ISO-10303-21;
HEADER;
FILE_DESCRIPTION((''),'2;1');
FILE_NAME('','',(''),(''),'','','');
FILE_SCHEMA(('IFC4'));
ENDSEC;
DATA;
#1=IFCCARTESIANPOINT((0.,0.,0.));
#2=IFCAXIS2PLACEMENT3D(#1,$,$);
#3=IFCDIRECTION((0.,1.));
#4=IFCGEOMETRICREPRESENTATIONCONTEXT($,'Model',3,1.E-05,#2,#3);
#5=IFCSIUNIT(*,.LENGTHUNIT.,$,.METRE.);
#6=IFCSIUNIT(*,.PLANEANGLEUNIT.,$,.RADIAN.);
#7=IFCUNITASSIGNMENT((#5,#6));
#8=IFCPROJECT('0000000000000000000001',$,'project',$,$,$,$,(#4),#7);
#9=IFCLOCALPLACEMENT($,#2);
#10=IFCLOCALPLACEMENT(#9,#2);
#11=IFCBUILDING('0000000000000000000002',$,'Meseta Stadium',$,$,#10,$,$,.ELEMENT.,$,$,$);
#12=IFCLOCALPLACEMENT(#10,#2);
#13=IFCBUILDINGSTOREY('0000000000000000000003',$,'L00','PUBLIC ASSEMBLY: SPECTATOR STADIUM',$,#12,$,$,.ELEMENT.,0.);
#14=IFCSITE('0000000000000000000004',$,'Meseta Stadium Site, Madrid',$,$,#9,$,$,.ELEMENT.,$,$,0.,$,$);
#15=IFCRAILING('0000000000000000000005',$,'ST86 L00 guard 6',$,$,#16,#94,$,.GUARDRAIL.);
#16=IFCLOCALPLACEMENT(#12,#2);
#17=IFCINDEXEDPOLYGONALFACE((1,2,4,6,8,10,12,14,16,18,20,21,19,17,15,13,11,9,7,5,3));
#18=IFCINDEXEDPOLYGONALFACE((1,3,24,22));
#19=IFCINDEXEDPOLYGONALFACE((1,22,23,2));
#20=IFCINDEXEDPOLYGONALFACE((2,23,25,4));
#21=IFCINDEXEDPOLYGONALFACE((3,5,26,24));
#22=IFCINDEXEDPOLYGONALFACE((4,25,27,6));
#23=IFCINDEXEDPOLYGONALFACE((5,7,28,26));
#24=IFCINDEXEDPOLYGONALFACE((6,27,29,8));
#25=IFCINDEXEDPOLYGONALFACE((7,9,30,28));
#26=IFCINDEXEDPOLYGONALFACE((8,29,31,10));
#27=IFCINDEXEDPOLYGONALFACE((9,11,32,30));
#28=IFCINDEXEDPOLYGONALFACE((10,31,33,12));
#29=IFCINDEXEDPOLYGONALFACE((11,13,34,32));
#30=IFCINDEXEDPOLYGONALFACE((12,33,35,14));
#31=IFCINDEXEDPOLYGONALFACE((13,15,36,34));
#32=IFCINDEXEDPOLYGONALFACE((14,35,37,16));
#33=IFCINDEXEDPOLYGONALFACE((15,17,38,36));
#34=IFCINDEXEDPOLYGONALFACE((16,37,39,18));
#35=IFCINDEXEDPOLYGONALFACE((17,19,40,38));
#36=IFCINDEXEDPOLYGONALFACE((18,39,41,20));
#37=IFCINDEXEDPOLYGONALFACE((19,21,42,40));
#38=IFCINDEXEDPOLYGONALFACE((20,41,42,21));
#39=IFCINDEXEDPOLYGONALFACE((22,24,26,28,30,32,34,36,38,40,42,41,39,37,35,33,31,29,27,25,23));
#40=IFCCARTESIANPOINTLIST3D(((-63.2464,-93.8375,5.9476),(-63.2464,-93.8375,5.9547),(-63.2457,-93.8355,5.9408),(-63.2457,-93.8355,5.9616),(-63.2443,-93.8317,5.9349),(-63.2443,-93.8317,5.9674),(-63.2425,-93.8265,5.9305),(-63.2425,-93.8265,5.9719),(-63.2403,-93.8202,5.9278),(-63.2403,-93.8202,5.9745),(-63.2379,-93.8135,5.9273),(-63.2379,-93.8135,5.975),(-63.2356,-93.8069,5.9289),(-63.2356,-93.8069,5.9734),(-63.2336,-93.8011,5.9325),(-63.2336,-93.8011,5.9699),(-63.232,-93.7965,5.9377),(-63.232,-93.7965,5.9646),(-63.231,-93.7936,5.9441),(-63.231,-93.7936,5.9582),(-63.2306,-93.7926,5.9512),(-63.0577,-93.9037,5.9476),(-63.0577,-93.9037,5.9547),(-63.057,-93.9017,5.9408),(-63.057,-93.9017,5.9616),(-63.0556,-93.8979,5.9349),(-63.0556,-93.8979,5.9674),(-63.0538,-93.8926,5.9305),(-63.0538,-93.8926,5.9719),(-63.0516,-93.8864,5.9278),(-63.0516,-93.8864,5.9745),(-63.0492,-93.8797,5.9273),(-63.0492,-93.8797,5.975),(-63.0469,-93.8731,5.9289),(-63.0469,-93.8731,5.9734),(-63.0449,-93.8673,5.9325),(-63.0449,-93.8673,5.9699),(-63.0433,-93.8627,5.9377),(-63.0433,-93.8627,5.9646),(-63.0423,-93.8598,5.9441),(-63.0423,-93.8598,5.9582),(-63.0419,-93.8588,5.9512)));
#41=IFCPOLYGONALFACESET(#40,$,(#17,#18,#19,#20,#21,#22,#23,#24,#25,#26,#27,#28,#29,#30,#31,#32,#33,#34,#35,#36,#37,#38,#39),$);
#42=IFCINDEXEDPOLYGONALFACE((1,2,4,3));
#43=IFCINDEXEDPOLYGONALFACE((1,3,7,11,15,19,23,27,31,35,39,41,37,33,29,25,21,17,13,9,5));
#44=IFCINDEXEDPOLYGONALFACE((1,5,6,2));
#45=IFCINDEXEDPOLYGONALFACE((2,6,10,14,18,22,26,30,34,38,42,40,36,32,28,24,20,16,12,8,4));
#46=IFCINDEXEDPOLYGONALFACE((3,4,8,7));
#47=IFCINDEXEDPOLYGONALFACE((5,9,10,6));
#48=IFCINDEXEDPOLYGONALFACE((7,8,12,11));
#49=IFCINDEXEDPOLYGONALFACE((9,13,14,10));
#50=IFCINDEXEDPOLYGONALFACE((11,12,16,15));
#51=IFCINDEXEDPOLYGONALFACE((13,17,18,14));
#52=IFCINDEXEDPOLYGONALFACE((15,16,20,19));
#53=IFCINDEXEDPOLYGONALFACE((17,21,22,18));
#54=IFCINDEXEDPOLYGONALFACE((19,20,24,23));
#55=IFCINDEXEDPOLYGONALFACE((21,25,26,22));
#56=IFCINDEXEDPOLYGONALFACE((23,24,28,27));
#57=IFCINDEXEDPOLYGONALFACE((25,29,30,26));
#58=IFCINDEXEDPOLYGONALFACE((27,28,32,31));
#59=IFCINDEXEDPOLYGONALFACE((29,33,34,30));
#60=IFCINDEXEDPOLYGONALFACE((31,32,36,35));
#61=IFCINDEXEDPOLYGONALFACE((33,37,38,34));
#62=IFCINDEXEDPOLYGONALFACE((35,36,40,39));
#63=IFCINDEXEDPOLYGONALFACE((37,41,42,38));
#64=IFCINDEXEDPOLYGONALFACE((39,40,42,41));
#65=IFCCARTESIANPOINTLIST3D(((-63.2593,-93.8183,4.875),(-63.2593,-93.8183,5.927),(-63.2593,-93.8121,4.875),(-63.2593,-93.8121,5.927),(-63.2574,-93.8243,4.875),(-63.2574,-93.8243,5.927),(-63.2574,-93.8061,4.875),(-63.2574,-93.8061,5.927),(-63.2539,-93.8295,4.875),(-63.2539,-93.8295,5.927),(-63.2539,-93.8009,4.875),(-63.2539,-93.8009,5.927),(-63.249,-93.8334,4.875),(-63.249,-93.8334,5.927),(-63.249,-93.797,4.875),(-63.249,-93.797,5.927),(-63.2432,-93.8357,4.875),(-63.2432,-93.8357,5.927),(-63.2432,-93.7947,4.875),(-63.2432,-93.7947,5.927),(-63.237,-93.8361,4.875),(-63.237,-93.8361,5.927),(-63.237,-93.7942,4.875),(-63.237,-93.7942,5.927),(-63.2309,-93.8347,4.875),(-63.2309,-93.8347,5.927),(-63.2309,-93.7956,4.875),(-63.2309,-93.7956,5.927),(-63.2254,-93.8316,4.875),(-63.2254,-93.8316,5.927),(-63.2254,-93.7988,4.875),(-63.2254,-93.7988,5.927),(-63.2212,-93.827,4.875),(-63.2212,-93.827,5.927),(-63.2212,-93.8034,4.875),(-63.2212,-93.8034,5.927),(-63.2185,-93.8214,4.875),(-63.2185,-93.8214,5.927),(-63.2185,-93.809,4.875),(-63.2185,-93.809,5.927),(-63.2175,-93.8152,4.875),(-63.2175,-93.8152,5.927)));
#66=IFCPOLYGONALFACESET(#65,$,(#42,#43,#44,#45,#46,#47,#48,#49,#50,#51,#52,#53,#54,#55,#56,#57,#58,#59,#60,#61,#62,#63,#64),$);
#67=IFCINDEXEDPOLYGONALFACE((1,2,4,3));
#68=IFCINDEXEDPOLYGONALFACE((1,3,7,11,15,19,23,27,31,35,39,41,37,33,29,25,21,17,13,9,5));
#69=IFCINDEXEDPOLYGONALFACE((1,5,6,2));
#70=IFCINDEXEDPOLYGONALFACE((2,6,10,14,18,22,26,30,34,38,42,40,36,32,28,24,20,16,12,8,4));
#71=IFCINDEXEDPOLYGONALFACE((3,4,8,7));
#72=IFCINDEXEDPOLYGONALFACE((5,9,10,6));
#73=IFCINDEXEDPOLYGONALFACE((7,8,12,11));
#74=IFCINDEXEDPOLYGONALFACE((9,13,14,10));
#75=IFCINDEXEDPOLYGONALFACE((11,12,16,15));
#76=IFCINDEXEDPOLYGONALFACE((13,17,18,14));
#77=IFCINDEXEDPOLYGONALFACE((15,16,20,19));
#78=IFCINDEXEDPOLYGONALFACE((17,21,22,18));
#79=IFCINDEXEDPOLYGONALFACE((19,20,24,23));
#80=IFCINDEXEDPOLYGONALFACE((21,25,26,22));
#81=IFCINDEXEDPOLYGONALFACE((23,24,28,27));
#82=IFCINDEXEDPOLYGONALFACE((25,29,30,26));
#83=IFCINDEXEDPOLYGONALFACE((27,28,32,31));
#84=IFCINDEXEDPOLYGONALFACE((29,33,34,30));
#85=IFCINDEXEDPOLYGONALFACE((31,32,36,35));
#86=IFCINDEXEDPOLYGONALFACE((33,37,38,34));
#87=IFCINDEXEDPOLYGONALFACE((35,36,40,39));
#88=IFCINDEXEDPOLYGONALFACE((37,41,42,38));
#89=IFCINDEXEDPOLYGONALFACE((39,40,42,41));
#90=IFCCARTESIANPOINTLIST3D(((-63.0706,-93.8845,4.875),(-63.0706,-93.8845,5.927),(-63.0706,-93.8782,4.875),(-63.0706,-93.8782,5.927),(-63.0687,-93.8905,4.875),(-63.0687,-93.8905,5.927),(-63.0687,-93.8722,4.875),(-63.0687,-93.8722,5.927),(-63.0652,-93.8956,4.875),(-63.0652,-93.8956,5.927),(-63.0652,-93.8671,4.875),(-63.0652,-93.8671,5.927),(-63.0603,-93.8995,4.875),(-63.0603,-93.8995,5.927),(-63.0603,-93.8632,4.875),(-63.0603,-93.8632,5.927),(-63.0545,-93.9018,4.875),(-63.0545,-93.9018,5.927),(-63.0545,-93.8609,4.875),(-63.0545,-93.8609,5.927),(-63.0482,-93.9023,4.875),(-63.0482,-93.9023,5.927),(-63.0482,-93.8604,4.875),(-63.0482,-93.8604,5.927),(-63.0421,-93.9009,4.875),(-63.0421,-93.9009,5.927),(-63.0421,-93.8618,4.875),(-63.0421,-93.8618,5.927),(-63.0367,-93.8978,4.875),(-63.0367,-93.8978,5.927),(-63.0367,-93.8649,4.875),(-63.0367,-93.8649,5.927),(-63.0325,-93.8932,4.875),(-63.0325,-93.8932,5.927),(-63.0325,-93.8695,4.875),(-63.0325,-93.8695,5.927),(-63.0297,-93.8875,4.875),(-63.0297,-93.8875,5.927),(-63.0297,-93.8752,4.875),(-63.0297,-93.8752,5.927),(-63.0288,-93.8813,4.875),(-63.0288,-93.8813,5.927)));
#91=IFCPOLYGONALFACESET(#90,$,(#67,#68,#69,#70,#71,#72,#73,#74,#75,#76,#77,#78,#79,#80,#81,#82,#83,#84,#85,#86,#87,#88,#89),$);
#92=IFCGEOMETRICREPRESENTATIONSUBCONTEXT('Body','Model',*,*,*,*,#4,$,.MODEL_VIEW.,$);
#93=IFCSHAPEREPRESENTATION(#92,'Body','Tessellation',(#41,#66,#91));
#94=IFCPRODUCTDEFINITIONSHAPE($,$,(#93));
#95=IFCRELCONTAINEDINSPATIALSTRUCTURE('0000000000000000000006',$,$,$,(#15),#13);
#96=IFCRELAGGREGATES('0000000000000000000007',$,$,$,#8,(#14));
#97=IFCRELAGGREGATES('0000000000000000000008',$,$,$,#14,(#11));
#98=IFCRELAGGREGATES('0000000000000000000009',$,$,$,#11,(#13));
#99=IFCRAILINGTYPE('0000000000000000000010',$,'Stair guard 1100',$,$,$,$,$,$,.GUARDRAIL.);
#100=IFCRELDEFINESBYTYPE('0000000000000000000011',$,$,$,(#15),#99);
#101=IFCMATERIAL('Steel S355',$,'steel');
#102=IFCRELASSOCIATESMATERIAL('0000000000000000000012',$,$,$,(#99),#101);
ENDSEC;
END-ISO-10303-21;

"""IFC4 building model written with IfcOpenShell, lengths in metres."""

from ifc_helpers import new_model, si_unit, direction, frame, origin, origin_2d, place, context, subcontext, project, spatial, circle, extrude, material, type_object, element, save


model = new_model("IFC4")

# Units and contexts
model_context = context("Model", 3, precision=1e-05, world=origin(), true_north=direction((0.0, 1.0)))
body_context = subcontext(model_context, "Body", "Model", "MODEL_VIEW")
ifc_project = project(units=[si_unit("LENGTHUNIT", "METRE"), si_unit("PLANEANGLEUNIT", "RADIAN")], contexts=[model_context])

# Site, building, storey
site_placement = place(None, origin())
site = spatial("IfcSite", under=ifc_project, at=site_placement, Name="Meseta Stadium Site, Madrid", CompositionType="ELEMENT", RefElevation=0.0)
building_placement = place(site_placement, origin())
building = spatial("IfcBuilding", under=site, at=building_placement, Name="Meseta Stadium", CompositionType="ELEMENT")
storey_placement = place(building_placement, origin())
storey = spatial("IfcBuildingStorey", under=building, at=storey_placement, Name="L00", Description="PUBLIC ASSEMBLY: SPECTATOR STADIUM", CompositionType="ELEMENT", Elevation=0.0)

# Railing
ifc_material_1 = material(Name="Steel S355", Category="steel")
railing_type_1 = type_object("IfcRailingType", Name="Stair guard 1100", PredefinedType="GUARDRAIL", material=ifc_material_1)
railing_1_placement = place(storey_placement, frame((-63.2385, -93.8152, 4.875)))
element("IfcRailing", 1, at=railing_1_placement, inside=storey, type_object=railing_type_1, Name="ST86 L00 guard 6", PredefinedType="GUARDRAIL", context=body_context, shape_type="SweptSolid", body=[
    extrude(circle(Radius=0.0239, at=origin_2d()), frame((0.0, 0.0, 1.0762), z_axis=(0.943687, -0.33084, 0.0), x_axis=(0.33084, 0.943687, 0.0)), (0.0, 0.0, 1.0), 0.2),
    extrude(circle(Radius=0.021, at=origin_2d()), origin(), (0.0, 0.0, 1.0), 1.052),
    extrude(circle(Radius=0.021, at=origin_2d()), frame((0.1887, -0.0662, 0.0)), (0.0, 0.0, 1.0), 1.052),
])

save(model, "model.ifc")
